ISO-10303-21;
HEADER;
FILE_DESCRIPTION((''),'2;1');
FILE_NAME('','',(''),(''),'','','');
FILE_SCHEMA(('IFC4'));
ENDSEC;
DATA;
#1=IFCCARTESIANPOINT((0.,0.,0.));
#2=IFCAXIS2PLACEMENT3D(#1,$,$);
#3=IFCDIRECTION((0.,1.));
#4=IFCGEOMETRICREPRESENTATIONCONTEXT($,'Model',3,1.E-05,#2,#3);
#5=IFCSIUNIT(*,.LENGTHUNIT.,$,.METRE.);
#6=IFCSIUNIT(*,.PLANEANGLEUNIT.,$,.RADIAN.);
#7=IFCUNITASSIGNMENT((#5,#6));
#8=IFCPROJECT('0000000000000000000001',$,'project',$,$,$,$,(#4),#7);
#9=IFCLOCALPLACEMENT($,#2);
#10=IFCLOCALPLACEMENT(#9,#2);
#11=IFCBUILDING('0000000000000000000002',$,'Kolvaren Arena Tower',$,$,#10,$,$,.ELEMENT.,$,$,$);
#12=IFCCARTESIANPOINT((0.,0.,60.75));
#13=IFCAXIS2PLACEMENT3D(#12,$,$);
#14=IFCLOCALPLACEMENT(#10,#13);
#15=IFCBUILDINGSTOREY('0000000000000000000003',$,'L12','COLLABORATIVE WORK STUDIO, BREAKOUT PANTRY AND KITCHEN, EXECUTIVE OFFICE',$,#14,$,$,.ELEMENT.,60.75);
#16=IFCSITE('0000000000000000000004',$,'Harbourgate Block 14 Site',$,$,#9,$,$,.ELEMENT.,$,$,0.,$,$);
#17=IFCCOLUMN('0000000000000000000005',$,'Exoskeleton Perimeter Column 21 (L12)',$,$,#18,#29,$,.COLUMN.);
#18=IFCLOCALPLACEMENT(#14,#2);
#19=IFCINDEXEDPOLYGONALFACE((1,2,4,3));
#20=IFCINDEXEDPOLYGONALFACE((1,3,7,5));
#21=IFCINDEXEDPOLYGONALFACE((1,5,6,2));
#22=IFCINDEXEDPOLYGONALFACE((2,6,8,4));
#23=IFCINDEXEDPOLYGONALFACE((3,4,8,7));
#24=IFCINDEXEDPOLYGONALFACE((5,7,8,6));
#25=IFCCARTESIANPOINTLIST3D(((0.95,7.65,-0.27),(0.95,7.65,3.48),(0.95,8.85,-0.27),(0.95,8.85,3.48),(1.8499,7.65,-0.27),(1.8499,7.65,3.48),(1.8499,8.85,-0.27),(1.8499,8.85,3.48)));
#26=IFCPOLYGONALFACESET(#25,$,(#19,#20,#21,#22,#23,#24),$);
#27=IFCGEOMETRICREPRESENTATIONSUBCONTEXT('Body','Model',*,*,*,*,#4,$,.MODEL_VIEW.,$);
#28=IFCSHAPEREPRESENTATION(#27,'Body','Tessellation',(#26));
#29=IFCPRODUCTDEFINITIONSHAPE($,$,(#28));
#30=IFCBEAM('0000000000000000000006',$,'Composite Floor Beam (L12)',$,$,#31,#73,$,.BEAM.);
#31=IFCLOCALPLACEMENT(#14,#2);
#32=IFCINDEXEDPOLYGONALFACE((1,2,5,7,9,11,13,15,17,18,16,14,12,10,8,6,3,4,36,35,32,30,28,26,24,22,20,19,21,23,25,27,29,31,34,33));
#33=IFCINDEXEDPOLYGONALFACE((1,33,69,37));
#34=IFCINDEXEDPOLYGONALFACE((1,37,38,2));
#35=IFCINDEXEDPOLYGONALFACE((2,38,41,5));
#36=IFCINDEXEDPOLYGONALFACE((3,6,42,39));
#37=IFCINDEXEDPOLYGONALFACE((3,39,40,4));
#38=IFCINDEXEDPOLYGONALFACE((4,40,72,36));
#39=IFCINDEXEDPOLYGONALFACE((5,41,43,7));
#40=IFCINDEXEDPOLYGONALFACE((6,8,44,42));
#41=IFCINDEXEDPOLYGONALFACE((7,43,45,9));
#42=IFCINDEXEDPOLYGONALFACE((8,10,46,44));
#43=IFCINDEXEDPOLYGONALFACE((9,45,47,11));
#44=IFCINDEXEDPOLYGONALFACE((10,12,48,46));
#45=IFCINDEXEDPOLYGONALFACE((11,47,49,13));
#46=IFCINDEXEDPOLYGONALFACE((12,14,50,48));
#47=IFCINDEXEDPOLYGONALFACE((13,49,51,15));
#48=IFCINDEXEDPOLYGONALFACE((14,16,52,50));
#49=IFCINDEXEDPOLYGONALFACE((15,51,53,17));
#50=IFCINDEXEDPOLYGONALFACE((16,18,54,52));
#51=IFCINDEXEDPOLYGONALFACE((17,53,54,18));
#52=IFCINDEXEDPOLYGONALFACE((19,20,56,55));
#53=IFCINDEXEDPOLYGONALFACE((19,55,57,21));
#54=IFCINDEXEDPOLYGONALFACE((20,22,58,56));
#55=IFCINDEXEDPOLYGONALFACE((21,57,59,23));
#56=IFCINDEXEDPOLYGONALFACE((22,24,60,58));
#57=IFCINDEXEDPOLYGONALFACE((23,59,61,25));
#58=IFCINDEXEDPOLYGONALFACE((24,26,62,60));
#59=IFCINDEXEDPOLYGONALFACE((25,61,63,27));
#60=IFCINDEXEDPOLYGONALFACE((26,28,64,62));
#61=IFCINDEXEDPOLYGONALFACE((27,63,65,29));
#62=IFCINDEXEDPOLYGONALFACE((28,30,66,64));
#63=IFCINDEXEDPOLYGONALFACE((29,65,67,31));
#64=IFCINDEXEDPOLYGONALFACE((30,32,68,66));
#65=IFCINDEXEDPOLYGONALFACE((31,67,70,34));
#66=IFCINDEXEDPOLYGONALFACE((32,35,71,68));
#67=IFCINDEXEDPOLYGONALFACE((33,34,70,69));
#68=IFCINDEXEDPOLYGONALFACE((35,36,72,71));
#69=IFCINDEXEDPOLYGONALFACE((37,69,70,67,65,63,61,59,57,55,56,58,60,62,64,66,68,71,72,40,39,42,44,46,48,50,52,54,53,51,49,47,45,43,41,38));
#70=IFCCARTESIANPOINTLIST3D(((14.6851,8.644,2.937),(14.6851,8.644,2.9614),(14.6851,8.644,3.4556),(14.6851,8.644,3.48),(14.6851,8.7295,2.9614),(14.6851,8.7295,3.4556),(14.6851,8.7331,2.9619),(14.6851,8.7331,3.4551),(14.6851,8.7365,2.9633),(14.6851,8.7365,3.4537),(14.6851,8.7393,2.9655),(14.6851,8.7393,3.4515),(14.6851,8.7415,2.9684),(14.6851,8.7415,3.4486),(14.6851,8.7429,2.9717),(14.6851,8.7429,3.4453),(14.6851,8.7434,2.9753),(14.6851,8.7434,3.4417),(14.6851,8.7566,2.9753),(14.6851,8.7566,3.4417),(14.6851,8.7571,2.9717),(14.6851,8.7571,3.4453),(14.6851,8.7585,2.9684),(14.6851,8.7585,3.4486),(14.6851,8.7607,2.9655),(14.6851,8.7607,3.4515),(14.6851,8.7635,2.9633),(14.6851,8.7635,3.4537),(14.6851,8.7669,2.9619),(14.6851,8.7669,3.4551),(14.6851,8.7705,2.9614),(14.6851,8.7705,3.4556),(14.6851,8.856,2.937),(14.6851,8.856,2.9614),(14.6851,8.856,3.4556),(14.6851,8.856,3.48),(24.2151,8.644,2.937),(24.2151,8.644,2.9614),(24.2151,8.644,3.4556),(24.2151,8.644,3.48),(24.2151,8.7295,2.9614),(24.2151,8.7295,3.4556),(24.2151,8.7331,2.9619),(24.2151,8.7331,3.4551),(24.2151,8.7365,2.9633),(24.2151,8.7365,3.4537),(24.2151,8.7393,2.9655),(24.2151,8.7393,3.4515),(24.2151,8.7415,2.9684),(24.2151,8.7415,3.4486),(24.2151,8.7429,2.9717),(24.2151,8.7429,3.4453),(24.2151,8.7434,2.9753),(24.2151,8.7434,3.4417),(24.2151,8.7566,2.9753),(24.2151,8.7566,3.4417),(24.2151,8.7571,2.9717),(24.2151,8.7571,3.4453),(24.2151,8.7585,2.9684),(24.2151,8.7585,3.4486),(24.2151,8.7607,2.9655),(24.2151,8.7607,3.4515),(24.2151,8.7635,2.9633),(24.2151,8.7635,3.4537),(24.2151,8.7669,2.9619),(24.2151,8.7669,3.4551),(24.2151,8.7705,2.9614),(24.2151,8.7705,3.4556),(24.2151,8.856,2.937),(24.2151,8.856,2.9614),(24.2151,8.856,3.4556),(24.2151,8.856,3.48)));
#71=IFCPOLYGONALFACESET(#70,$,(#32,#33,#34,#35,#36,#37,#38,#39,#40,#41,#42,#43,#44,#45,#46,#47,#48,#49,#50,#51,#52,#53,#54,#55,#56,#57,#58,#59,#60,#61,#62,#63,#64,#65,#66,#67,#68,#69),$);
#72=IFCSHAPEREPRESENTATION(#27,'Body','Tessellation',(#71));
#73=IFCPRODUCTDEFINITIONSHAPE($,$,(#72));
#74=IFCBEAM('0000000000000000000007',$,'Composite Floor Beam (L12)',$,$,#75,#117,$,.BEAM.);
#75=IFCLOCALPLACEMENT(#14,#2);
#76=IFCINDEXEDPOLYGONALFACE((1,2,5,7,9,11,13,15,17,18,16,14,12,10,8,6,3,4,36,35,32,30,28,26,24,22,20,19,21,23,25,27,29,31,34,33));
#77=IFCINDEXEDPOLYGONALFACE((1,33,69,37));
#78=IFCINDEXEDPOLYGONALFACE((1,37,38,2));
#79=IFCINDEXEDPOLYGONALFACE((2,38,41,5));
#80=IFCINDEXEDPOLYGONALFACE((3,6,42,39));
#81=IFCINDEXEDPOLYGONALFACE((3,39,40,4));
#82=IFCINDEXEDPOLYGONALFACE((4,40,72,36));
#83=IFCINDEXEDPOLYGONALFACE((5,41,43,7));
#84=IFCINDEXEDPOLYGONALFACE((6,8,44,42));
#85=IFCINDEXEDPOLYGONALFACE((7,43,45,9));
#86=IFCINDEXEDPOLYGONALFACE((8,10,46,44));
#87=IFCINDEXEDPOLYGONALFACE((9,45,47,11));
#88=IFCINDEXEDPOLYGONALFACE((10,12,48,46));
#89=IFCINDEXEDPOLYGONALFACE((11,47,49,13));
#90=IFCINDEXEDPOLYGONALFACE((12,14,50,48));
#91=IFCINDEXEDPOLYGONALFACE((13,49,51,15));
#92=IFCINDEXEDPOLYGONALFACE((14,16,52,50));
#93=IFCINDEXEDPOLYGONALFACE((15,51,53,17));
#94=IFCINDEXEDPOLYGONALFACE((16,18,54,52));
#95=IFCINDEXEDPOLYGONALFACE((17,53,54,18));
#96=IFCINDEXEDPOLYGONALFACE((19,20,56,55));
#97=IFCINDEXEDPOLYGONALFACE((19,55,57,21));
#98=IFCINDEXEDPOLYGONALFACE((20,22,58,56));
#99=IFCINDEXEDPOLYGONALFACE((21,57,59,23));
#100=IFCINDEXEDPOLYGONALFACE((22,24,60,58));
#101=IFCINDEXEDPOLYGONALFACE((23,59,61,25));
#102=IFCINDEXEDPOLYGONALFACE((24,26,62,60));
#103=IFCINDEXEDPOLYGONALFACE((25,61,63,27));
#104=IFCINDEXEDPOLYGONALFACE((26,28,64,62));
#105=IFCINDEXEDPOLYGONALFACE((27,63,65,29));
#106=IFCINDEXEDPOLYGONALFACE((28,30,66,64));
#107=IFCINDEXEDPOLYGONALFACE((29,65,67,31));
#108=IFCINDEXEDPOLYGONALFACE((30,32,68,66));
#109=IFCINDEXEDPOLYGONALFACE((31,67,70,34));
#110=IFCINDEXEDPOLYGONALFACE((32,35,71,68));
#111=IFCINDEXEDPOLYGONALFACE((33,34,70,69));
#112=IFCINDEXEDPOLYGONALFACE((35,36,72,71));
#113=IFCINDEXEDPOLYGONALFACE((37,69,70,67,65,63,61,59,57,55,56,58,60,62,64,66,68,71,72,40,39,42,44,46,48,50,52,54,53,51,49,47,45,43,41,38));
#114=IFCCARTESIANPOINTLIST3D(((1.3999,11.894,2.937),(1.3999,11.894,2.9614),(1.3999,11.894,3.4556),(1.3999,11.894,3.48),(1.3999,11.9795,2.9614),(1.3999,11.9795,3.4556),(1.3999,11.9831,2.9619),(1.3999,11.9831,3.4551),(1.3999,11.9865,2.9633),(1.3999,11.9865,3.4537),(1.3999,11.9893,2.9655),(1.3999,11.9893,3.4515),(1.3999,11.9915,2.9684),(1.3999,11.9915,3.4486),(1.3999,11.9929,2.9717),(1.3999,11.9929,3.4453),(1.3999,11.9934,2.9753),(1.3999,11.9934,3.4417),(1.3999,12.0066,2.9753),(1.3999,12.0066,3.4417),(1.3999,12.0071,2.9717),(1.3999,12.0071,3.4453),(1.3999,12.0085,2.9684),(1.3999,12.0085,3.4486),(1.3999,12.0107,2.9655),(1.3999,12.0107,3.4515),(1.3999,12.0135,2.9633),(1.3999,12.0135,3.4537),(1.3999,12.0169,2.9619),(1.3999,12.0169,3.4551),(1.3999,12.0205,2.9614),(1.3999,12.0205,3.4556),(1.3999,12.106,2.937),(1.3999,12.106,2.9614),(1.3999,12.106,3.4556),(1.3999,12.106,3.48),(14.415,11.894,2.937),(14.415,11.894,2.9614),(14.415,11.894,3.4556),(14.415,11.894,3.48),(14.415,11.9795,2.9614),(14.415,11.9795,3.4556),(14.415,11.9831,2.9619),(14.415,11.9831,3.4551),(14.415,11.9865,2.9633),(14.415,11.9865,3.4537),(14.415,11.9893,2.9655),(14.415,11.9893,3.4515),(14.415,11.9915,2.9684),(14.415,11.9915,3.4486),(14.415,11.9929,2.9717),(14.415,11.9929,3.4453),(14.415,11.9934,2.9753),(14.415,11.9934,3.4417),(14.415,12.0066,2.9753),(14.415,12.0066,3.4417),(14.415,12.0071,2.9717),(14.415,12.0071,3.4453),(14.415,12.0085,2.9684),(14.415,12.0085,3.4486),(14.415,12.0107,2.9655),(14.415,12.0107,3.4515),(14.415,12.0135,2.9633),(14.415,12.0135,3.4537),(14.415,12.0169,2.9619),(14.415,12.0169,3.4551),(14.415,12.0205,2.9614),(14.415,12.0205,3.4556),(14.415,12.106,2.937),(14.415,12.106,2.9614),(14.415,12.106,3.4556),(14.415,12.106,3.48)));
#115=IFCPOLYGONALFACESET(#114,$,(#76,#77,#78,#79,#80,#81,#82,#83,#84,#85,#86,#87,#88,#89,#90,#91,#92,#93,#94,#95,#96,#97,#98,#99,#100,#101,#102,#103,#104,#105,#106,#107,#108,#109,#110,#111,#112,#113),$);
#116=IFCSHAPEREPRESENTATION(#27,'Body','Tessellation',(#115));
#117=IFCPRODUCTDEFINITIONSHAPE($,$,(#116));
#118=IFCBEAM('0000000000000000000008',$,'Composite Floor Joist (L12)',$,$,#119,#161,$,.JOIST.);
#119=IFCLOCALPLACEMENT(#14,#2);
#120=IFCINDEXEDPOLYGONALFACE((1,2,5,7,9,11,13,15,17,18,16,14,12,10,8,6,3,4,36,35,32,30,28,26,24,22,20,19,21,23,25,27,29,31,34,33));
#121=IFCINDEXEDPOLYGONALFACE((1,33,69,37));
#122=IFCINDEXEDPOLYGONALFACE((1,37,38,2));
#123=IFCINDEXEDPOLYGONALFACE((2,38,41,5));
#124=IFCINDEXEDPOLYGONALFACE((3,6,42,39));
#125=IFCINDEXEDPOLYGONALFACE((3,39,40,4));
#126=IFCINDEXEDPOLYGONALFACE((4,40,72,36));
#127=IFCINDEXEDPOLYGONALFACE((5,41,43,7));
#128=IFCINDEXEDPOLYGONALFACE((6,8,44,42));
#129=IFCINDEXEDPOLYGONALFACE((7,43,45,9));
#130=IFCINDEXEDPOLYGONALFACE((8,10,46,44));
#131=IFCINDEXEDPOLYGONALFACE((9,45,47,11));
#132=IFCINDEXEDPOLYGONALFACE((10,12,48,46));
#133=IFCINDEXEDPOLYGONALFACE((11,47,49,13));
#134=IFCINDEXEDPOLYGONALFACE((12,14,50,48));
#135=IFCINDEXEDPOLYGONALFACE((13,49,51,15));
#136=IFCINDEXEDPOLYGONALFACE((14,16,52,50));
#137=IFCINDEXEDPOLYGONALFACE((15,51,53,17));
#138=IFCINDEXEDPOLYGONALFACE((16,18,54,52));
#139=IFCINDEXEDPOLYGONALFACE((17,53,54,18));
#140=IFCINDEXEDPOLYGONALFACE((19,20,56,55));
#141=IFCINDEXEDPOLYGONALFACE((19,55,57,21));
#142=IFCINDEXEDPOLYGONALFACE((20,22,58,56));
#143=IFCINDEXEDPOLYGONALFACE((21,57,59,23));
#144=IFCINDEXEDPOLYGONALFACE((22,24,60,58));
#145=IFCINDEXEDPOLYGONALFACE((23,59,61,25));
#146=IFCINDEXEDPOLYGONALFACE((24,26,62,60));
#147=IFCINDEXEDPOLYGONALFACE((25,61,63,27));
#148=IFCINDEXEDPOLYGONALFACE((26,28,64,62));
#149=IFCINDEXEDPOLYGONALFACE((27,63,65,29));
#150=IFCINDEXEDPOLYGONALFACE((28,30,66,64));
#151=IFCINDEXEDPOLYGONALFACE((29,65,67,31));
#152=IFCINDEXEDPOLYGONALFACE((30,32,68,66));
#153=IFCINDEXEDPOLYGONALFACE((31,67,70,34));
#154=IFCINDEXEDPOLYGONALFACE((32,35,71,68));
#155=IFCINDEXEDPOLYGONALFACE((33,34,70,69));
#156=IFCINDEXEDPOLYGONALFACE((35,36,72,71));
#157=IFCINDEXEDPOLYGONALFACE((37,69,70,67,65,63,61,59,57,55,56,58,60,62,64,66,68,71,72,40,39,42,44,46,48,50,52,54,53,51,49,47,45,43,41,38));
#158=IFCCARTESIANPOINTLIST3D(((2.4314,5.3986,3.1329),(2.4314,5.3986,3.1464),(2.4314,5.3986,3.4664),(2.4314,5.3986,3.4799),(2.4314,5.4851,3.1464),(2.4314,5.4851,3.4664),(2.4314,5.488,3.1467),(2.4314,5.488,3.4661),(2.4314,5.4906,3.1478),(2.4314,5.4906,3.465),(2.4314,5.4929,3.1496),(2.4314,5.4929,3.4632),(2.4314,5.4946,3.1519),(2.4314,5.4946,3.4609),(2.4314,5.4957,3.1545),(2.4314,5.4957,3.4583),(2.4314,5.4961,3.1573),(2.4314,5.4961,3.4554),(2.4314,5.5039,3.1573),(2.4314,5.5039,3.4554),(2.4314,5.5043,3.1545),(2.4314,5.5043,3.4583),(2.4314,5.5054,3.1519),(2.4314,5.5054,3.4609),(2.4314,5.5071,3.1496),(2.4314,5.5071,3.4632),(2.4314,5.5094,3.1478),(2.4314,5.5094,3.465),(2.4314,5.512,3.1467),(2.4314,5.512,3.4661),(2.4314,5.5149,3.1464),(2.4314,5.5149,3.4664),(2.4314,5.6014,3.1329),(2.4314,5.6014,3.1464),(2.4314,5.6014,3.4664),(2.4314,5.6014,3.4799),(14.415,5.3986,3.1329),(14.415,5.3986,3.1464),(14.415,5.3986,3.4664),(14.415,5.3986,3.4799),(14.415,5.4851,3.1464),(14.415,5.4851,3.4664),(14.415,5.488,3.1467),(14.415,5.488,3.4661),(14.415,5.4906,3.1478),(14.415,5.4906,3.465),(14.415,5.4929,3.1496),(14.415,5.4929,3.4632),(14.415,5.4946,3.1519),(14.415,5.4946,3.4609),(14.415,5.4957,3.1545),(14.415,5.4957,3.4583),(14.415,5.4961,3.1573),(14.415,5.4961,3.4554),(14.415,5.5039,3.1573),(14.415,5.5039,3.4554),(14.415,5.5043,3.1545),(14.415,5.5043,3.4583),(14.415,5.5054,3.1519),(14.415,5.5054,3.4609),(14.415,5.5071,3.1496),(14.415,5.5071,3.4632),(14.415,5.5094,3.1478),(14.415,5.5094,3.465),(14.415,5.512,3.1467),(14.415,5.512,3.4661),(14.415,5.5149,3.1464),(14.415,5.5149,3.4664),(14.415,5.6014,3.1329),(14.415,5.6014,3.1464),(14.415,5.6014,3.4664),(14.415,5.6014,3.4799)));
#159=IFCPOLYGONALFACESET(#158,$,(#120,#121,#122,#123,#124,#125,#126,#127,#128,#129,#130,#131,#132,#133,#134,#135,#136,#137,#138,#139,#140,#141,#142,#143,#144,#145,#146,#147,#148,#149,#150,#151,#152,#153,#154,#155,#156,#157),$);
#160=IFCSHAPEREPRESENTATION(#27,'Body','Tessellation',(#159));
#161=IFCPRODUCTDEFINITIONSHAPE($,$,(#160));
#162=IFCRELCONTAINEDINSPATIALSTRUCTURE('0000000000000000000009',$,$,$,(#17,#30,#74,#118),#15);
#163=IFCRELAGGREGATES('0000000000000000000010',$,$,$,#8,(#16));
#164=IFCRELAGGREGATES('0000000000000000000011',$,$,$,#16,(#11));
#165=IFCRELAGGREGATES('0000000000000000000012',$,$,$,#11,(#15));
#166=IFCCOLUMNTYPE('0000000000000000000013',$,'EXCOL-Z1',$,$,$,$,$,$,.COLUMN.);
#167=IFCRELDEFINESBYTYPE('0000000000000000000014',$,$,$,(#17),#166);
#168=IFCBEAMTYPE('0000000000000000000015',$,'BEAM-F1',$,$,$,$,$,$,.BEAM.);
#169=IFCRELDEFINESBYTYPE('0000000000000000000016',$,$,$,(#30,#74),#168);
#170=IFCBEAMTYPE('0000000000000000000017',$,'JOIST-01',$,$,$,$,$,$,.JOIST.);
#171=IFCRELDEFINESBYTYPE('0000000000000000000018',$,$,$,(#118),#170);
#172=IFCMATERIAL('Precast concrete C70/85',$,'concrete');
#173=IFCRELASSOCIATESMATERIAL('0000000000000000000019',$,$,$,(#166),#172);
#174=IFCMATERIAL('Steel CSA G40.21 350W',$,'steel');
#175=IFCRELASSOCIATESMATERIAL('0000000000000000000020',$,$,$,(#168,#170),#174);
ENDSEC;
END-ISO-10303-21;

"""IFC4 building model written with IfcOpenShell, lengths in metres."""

from ifc_helpers import new_model, si_unit, direction, frame, origin, origin_2d, place, context, subcontext, project, spatial, rectangle, i_section, extrude, material, material_profile, profile_set, type_object, element, save


model = new_model("IFC4")

# Units and contexts
model_context = context("Model", 3, precision=1e-05, world=origin(), true_north=direction((0.0, 1.0)))
body_context = subcontext(model_context, "Body", "Model", "MODEL_VIEW")
ifc_project = project(units=[si_unit("LENGTHUNIT", "METRE"), si_unit("PLANEANGLEUNIT", "RADIAN")], contexts=[model_context])

# Site, building, storey
site_placement = place(None, origin())
site = spatial("IfcSite", under=ifc_project, at=site_placement, Name="Harbourgate Block 14 Site", CompositionType="ELEMENT", RefElevation=0.0)
building_placement = place(site_placement, origin())
building = spatial("IfcBuilding", under=site, at=building_placement, Name="Kolvaren Arena Tower", CompositionType="ELEMENT")
storey_placement = place(building_placement, frame((0.0, 0.0, 60.75)))
storey = spatial("IfcBuildingStorey", under=building, at=storey_placement, Name="L12", Description="COLLABORATIVE WORK STUDIO, BREAKOUT PANTRY AND KITCHEN, EXECUTIVE OFFICE", CompositionType="ELEMENT", Elevation=60.75)

# Column
ifc_material_1 = material(Name="Precast concrete C70/85", Category="concrete")
ifc_material_profile_1 = material_profile(ifc_material_1, rectangle(XDim=1.2, YDim=0.8999, at=origin_2d()), Name="RC-1200x900")
ifc_profile_set_1 = profile_set([ifc_material_profile_1], Name="Precast concrete C70/85")
column_type = type_object("IfcColumnType", Name="EXCOL-Z1", PredefinedType="COLUMN", material=ifc_profile_set_1)
column_placement = place(storey_placement, frame((1.3999, 8.25, -0.27), z_axis=(0.0, 0.0, 1.0), x_axis=(0.0, 1.0, 0.0)))
element("IfcColumn", 1, at=column_placement, inside=storey, type_object=column_type, Name="Exoskeleton Perimeter Column 21 (L12)", PredefinedType="COLUMN", context=body_context, shape_type="SweptSolid", body=[
    extrude(rectangle(XDim=1.2, YDim=0.8999, at=origin_2d()), origin(), (0.0, 0.0, 1.0), 3.75),
])

# Beams
ifc_material_2 = material(Name="Steel CSA G40.21 350W", Category="steel")
ifc_material_profile_2 = material_profile(ifc_material_2, i_section(OverallWidth=0.2119, OverallDepth=0.543, WebThickness=0.0132, FlangeThickness=0.0244, FilletRadius=0.0139, at=origin_2d()), Name="W530x150")
ifc_profile_set_2 = profile_set([ifc_material_profile_2], Name="Steel CSA G40.21 350W")
beam_type_1 = type_object("IfcBeamType", Name="BEAM-F1", PredefinedType="BEAM", material=ifc_profile_set_2)
beam_1_placement = place(storey_placement, frame((14.6851, 8.75, 3.2085), z_axis=(1.0, 0.0, 0.0), x_axis=(0.0, 1.0, 0.0)))
element("IfcBeam", 2, at=beam_1_placement, inside=storey, type_object=beam_type_1, Name="Composite Floor Beam (L12)", PredefinedType="BEAM", context=body_context, shape_type="SweptSolid", body=[
    extrude(i_section(OverallWidth=0.2119, OverallDepth=0.543, WebThickness=0.0132, FlangeThickness=0.0244, FilletRadius=0.0139, at=origin_2d()), origin(), (0.0, 0.0, 1.0), 9.53),
])
beam_2_placement = place(storey_placement, frame((1.3999, 12.0, 3.2085), z_axis=(1.0, 0.0, 0.0), x_axis=(0.0, 1.0, 0.0)))
element("IfcBeam", 3, at=beam_2_placement, inside=storey, type_object=beam_type_1, Name="Composite Floor Beam (L12)", PredefinedType="BEAM", context=body_context, shape_type="SweptSolid", body=[
    extrude(i_section(OverallWidth=0.2119, OverallDepth=0.543, WebThickness=0.0132, FlangeThickness=0.0244, FilletRadius=0.0139, at=origin_2d()), origin(), (0.0, 0.0, 1.0), 13.0151),
])
ifc_material_profile_3 = material_profile(ifc_material_2, i_section(OverallWidth=0.2029, OverallDepth=0.3469, WebThickness=0.0078, FlangeThickness=0.0134, FilletRadius=0.011, at=origin_2d()), Name="W360x64")
ifc_profile_set_3 = profile_set([ifc_material_profile_3], Name="Steel CSA G40.21 350W")
beam_type_2 = type_object("IfcBeamType", Name="JOIST-01", PredefinedType="JOIST", material=ifc_profile_set_3)
beam_3_placement = place(storey_placement, frame((2.4314, 5.5, 3.3064), z_axis=(1.0, 0.0, 0.0), x_axis=(0.0, 1.0, 0.0)))
element("IfcBeam", 4, at=beam_3_placement, inside=storey, type_object=beam_type_2, Name="Composite Floor Joist (L12)", PredefinedType="JOIST", context=body_context, shape_type="SweptSolid", body=[
    extrude(i_section(OverallWidth=0.2029, OverallDepth=0.3469, WebThickness=0.0078, FlangeThickness=0.0134, FilletRadius=0.011, at=origin_2d()), origin(), (0.0, 0.0, 1.0), 11.9836),
])

save(model, "model.ifc")
